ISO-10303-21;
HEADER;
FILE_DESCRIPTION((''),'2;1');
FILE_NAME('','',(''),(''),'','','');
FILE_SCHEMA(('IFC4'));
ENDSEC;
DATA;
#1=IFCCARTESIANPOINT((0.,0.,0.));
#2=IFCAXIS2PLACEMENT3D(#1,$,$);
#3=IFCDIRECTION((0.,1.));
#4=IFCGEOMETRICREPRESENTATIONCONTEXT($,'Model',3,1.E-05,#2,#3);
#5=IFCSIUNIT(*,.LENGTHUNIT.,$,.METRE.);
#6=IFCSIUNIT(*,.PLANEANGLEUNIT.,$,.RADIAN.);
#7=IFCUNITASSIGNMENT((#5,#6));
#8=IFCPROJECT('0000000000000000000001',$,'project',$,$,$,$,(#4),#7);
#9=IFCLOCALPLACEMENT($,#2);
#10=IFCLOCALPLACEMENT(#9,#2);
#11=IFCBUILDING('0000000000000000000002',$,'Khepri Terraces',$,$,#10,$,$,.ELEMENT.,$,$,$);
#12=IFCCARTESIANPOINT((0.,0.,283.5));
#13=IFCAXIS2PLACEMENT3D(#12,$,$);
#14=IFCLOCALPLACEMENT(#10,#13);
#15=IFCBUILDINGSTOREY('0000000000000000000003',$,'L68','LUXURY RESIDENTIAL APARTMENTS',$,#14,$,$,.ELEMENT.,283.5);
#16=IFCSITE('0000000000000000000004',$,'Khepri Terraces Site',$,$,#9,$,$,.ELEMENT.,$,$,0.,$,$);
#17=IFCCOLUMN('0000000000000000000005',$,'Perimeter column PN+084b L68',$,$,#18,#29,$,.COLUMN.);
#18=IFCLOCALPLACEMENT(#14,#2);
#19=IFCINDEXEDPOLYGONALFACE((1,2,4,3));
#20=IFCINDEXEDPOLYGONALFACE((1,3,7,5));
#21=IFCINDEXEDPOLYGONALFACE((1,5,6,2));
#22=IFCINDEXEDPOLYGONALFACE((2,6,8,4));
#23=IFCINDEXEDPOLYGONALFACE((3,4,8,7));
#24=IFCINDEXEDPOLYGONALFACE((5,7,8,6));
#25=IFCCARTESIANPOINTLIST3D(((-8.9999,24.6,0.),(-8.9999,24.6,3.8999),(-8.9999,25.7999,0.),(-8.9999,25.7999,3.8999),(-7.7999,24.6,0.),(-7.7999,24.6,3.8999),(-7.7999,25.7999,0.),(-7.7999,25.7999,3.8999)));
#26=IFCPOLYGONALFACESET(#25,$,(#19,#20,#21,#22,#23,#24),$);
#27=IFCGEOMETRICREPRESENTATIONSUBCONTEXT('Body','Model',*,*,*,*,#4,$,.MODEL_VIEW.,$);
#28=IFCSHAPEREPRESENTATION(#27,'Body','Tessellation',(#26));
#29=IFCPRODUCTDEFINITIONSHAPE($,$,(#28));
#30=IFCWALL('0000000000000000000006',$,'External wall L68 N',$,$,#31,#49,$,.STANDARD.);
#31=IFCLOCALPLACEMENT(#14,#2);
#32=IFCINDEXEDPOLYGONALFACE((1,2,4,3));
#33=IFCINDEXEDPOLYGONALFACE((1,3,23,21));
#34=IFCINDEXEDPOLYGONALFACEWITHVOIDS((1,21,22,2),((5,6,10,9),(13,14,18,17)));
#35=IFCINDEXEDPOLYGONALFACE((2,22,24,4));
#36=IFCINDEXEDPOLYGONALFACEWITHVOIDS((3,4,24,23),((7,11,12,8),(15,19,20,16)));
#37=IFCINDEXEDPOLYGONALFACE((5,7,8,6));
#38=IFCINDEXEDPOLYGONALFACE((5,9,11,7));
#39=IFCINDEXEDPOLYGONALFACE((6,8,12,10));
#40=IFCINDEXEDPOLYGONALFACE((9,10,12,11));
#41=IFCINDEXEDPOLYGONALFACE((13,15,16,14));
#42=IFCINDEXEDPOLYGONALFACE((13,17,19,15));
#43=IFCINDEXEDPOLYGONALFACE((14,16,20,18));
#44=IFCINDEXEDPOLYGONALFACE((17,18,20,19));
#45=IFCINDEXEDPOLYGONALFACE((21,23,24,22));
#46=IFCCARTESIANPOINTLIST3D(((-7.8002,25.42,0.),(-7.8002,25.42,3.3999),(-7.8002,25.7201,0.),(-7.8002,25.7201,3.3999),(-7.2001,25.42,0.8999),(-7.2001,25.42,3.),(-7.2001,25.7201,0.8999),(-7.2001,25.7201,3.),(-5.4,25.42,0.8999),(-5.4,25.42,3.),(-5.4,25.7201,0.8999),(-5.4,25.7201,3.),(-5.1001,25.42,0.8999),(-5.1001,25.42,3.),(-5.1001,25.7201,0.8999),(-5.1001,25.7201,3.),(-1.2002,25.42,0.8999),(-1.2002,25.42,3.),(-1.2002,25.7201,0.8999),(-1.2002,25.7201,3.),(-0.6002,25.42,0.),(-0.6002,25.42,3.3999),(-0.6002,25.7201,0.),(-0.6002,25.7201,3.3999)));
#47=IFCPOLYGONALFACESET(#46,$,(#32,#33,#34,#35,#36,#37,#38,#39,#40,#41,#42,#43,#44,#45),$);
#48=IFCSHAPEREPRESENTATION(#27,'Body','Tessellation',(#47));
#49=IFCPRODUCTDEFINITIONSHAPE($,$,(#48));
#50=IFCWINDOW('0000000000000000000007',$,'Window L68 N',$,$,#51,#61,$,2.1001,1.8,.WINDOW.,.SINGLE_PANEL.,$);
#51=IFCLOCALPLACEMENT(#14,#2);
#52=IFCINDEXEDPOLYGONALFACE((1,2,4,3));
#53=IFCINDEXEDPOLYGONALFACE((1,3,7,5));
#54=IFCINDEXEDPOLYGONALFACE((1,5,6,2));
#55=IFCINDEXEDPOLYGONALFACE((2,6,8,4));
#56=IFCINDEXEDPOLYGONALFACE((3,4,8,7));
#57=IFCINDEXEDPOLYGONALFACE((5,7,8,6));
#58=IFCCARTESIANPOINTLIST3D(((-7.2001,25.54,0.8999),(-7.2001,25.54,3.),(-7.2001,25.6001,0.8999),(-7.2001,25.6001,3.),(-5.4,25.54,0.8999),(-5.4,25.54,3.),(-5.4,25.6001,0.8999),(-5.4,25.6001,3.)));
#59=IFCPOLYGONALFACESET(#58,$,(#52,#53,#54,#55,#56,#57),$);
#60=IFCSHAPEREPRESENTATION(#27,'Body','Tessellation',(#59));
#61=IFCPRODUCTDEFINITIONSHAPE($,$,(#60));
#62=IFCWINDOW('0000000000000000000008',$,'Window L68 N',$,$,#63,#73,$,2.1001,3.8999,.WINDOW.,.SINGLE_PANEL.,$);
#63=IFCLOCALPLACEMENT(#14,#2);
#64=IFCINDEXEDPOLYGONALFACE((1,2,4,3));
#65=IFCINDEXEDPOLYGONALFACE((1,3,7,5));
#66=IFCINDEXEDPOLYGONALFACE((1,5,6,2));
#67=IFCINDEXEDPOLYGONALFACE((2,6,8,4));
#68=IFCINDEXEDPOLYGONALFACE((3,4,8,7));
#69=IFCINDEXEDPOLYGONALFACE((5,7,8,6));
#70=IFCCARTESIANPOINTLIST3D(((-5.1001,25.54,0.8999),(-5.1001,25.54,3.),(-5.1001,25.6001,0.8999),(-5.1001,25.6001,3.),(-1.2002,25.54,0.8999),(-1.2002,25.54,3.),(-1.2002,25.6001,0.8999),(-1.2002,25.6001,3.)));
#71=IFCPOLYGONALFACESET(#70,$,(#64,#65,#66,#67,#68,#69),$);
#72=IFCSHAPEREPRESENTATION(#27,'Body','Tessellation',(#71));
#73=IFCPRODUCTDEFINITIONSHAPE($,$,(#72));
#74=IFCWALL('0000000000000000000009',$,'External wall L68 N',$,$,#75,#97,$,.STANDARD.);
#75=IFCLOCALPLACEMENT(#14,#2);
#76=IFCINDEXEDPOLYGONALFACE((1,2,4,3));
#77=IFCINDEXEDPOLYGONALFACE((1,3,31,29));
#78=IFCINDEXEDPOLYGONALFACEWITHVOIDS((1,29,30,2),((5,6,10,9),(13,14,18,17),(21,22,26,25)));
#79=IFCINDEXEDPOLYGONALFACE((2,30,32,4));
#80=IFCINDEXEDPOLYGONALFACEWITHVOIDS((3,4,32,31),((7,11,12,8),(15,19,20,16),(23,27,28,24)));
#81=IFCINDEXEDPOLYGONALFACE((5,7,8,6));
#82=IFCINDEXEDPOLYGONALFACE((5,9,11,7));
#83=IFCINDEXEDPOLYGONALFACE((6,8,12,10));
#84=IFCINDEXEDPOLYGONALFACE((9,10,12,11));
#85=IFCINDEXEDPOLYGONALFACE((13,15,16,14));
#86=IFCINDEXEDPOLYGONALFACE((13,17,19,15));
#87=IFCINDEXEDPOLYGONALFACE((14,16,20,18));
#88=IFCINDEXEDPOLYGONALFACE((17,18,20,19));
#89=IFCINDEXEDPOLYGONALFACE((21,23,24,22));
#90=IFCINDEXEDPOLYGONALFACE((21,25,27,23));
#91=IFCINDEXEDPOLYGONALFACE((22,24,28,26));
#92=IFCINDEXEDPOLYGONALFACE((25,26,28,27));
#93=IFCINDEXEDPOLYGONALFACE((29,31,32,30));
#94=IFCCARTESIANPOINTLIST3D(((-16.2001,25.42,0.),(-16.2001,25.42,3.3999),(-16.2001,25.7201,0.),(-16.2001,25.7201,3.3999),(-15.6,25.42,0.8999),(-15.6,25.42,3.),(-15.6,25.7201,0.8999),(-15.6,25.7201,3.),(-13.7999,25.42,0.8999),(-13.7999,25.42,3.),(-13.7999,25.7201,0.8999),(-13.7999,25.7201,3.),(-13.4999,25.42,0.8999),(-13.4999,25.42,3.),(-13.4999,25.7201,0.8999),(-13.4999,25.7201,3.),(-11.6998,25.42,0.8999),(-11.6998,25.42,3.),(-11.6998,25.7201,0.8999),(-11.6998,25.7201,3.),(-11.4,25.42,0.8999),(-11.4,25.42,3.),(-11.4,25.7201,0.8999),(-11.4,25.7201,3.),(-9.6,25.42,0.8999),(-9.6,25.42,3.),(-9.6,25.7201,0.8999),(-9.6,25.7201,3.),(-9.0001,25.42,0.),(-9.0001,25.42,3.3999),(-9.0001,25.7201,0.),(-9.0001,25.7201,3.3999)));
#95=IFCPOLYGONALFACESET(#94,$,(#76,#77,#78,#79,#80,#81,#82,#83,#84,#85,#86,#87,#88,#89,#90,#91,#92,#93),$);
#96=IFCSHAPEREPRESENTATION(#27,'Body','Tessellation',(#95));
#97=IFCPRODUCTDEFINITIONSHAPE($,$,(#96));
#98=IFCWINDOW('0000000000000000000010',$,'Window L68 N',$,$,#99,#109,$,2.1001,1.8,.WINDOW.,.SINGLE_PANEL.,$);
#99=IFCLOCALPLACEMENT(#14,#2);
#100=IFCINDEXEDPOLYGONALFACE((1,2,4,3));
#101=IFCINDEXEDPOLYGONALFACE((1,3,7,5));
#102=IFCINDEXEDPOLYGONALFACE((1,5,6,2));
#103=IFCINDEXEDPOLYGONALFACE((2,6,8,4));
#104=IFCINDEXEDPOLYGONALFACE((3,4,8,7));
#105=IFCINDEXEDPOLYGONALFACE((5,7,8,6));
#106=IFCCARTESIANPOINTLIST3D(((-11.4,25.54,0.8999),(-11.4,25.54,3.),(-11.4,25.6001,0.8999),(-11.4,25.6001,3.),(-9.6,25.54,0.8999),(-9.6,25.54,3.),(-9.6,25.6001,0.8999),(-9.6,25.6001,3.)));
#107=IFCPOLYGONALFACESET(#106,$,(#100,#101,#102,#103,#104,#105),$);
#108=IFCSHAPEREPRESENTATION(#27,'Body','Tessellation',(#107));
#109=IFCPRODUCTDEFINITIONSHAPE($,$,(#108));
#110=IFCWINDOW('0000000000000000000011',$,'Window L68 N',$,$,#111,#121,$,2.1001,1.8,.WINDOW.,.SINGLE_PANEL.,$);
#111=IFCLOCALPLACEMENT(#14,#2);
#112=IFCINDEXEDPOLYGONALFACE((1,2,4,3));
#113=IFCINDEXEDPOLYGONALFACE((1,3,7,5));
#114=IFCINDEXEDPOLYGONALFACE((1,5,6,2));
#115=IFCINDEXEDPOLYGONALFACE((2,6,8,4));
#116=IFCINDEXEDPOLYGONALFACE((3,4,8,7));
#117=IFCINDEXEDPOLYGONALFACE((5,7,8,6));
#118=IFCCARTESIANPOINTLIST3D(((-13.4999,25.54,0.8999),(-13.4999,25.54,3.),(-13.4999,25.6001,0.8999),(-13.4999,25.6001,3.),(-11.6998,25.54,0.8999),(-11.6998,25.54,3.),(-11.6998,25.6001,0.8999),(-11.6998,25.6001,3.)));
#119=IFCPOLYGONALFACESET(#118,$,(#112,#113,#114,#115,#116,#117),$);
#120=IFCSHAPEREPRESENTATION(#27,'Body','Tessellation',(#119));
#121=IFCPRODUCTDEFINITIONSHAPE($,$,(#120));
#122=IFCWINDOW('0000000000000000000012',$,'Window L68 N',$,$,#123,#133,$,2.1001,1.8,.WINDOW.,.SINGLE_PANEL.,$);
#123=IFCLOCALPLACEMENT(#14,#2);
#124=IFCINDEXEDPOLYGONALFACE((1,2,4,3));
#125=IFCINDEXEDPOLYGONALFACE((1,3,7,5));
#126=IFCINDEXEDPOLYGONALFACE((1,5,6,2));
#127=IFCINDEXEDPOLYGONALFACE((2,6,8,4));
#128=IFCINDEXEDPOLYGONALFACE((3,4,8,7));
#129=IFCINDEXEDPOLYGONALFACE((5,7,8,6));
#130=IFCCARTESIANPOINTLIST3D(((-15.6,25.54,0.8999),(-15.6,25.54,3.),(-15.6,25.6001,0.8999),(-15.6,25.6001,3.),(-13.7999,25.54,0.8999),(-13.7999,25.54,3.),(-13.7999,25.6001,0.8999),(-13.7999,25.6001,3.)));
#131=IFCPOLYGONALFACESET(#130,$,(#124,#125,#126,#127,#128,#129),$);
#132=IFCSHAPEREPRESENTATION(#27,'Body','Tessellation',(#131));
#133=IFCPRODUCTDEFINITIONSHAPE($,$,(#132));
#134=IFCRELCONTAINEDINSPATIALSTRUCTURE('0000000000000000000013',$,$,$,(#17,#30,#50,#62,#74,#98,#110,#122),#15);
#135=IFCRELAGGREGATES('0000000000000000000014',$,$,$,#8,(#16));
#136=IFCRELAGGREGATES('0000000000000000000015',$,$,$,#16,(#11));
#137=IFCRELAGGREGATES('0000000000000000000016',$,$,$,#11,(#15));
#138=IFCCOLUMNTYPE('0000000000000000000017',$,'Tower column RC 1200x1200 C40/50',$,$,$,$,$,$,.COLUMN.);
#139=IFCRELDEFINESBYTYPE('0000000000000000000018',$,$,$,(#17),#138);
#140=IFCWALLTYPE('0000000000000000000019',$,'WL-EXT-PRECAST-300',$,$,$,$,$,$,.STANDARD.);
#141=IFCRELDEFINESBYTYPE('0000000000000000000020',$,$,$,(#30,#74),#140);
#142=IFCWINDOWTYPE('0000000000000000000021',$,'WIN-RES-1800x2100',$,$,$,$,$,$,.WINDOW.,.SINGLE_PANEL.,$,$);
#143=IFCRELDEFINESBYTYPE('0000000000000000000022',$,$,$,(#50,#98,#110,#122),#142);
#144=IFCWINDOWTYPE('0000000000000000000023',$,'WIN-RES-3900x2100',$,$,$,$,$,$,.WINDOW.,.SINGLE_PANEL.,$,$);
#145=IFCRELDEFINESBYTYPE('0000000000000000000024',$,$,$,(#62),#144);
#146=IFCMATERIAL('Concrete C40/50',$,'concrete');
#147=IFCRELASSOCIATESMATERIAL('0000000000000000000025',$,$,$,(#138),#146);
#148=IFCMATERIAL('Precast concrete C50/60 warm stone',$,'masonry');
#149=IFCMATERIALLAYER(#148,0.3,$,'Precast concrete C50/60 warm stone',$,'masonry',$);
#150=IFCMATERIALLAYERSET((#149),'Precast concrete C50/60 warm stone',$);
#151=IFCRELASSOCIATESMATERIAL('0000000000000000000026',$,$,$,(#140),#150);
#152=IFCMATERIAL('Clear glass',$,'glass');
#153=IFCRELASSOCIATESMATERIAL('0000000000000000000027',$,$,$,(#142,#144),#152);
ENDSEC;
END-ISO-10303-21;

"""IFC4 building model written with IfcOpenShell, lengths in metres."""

from ifc_helpers import new_model, si_unit, direction, frame, frame_2d, origin, origin_2d, place, context, subcontext, project, spatial, rectangle, extrude, material, layer, layer_set, material_profile, profile_set, type_object, element, fill, save


model = new_model("IFC4")

# Units and contexts
model_context = context("Model", 3, precision=1e-05, world=origin(), true_north=direction((0.0, 1.0)))
body_context = subcontext(model_context, "Body", "Model", "MODEL_VIEW")
ifc_project = project(units=[si_unit("LENGTHUNIT", "METRE"), si_unit("PLANEANGLEUNIT", "RADIAN")], contexts=[model_context])

# Site, building, storey
site_placement = place(None, origin())
site = spatial("IfcSite", under=ifc_project, at=site_placement, Name="Khepri Terraces Site", CompositionType="ELEMENT", RefElevation=0.0)
building_placement = place(site_placement, origin())
building = spatial("IfcBuilding", under=site, at=building_placement, Name="Khepri Terraces", CompositionType="ELEMENT")
storey_placement = place(building_placement, frame((0.0, 0.0, 283.5)))
storey = spatial("IfcBuildingStorey", under=building, at=storey_placement, Name="L68", Description="LUXURY RESIDENTIAL APARTMENTS", CompositionType="ELEMENT", Elevation=283.5)

# Column
ifc_material_1 = material(Name="Concrete C40/50", Category="concrete")
ifc_material_profile = material_profile(ifc_material_1, rectangle(XDim=1.2, YDim=1.2, at=origin_2d()), Name="Concrete C40/50", Category="concrete")
ifc_profile_set = profile_set([ifc_material_profile], Name="Concrete C40/50")
column_type = type_object("IfcColumnType", Name="Tower column RC 1200x1200 C40/50", PredefinedType="COLUMN", material=ifc_profile_set)
column_placement = place(storey_placement, frame((-8.3999, 25.2, 0.0), z_axis=(0.0, 0.0, 1.0), x_axis=(1.0, 0.0, 0.0)))
element("IfcColumn", 1, at=column_placement, inside=storey, type_object=column_type, Name="Perimeter column PN+084b L68", PredefinedType="COLUMN", context=body_context, shape_type="SweptSolid", body=[
    extrude(rectangle(XDim=1.2, YDim=1.2, at=origin_2d()), origin(), (0.0, 0.0, 1.0), 3.8999),
])

# Walls, openings, windows
ifc_material_2 = material(Name="Precast concrete C50/60 warm stone", Category="masonry")
ifc_layer_1 = layer(ifc_material_2, 0.3, Name="Precast concrete C50/60 warm stone", Category="masonry")
ifc_layer_set_1 = layer_set([ifc_layer_1], Name="Precast concrete C50/60 warm stone")
wall_type_1 = type_object("IfcWallType", Name="WL-EXT-PRECAST-300", PredefinedType="STANDARD", material=ifc_layer_set_1)
wall_1_placement = place(storey_placement, frame((-0.6001, 25.5701, 0.0), z_axis=(0.0, 0.0, 1.0), x_axis=(-1.0, 0.0, 0.0)))
wall_1 = element("IfcWall", 2, at=wall_1_placement, inside=storey, type_object=wall_type_1, Name="External wall L68 N", PredefinedType="STANDARD", context=body_context, shape_type="SweptSolid", body=[
    extrude(rectangle(XDim=7.2, YDim=0.3, at=frame_2d((3.6001, 0.0))), origin(), (0.0, 0.0, 1.0), 3.3999),
])
opening_1_placement = place(wall_1_placement, frame((0.6001, 0.0, 0.8999)))
opening_1 = element("IfcOpeningElement", 3, at=opening_1_placement, cuts=wall_1, PredefinedType="OPENING", context=body_context, shape_type="SweptSolid", body=[
    extrude(rectangle(XDim=3.8999, YDim=2.1001, at=frame_2d((1.95, 1.05))), frame((0.0, 0.1602, 0.0), z_axis=(0.0, -1.0, 0.0), x_axis=(1.0, 0.0, 0.0)), (0.0, 0.0, 1.0), 0.3201),
])
opening_2_placement = place(wall_1_placement, frame((4.8, 0.0, 0.8999)))
opening_2 = element("IfcOpeningElement", 4, at=opening_2_placement, cuts=wall_1, PredefinedType="OPENING", context=body_context, shape_type="SweptSolid", body=[
    extrude(rectangle(XDim=1.8, YDim=2.1001, at=frame_2d((0.8999, 1.05))), frame((0.0, 0.1602, 0.0), z_axis=(0.0, -1.0, 0.0), x_axis=(1.0, 0.0, 0.0)), (0.0, 0.0, 1.0), 0.3201),
])
ifc_material_3 = material(Name="Clear glass", Category="glass")
window_type_1 = type_object("IfcWindowType", Name="WIN-RES-1800x2100", PartitioningType="SINGLE_PANEL", PredefinedType="WINDOW", material=ifc_material_3)
window_1_placement = place(opening_2_placement, origin())
window_1 = element("IfcWindow", 5, at=window_1_placement, inside=storey, type_object=window_type_1, Name="Window L68 N", OverallHeight=2.1001, OverallWidth=1.8, PartitioningType="SINGLE_PANEL", PredefinedType="WINDOW", context=body_context, shape_type="SweptSolid", body=[
    extrude(rectangle(XDim=1.8, YDim=2.1001, at=frame_2d((0.8999, 1.05))), frame((0.0, 0.03, 0.0), z_axis=(0.0, -1.0, 0.0), x_axis=(1.0, 0.0, 0.0)), (0.0, 0.0, 1.0), 0.0601),
])
fill(opening_2, window_1)
window_type_2 = type_object("IfcWindowType", Name="WIN-RES-3900x2100", PartitioningType="SINGLE_PANEL", PredefinedType="WINDOW", material=ifc_material_3)
window_2_placement = place(opening_1_placement, origin())
window_2 = element("IfcWindow", 6, at=window_2_placement, inside=storey, type_object=window_type_2, Name="Window L68 N", OverallHeight=2.1001, OverallWidth=3.8999, PartitioningType="SINGLE_PANEL", PredefinedType="WINDOW", context=body_context, shape_type="SweptSolid", body=[
    extrude(rectangle(XDim=3.8999, YDim=2.1001, at=frame_2d((1.95, 1.05))), frame((0.0, 0.03, 0.0), z_axis=(0.0, -1.0, 0.0), x_axis=(1.0, 0.0, 0.0)), (0.0, 0.0, 1.0), 0.0601),
])
fill(opening_1, window_2)
wall_2_placement = place(storey_placement, frame((-9.0, 25.5701, 0.0), z_axis=(0.0, 0.0, 1.0), x_axis=(-1.0, 0.0, 0.0)))
wall_2 = element("IfcWall", 7, at=wall_2_placement, inside=storey, type_object=wall_type_1, Name="External wall L68 N", PredefinedType="STANDARD", context=body_context, shape_type="SweptSolid", body=[
    extrude(rectangle(XDim=7.2, YDim=0.3, at=frame_2d((3.6001, 0.0))), origin(), (0.0, 0.0, 1.0), 3.3999),
])
opening_3_placement = place(wall_2_placement, frame((0.6001, 0.0, 0.8999)))
opening_3 = element("IfcOpeningElement", 8, at=opening_3_placement, cuts=wall_2, PredefinedType="OPENING", context=body_context, shape_type="SweptSolid", body=[
    extrude(rectangle(XDim=1.8, YDim=2.1001, at=frame_2d((0.8999, 1.05))), frame((0.0, 0.1602, 0.0), z_axis=(0.0, -1.0, 0.0), x_axis=(1.0, 0.0, 0.0)), (0.0, 0.0, 1.0), 0.3201),
])
opening_4_placement = place(wall_2_placement, frame((2.7, 0.0, 0.8999)))
opening_4 = element("IfcOpeningElement", 9, at=opening_4_placement, cuts=wall_2, PredefinedType="OPENING", context=body_context, shape_type="SweptSolid", body=[
    extrude(rectangle(XDim=1.8, YDim=2.1001, at=frame_2d((0.8999, 1.05))), frame((0.0, 0.1602, 0.0), z_axis=(0.0, -1.0, 0.0), x_axis=(1.0, 0.0, 0.0)), (0.0, 0.0, 1.0), 0.3201),
])
opening_5_placement = place(wall_2_placement, frame((4.8, 0.0, 0.8999)))
opening_5 = element("IfcOpeningElement", 10, at=opening_5_placement, cuts=wall_2, PredefinedType="OPENING", context=body_context, shape_type="SweptSolid", body=[
    extrude(rectangle(XDim=1.8, YDim=2.1001, at=frame_2d((0.8999, 1.05))), frame((0.0, 0.1602, 0.0), z_axis=(0.0, -1.0, 0.0), x_axis=(1.0, 0.0, 0.0)), (0.0, 0.0, 1.0), 0.3201),
])
window_3_placement = place(opening_3_placement, origin())
window_3 = element("IfcWindow", 11, at=window_3_placement, inside=storey, type_object=window_type_1, Name="Window L68 N", OverallHeight=2.1001, OverallWidth=1.8, PartitioningType="SINGLE_PANEL", PredefinedType="WINDOW", context=body_context, shape_type="SweptSolid", body=[
    extrude(rectangle(XDim=1.8, YDim=2.1001, at=frame_2d((0.8999, 1.05))), frame((0.0, 0.03, 0.0), z_axis=(0.0, -1.0, 0.0), x_axis=(1.0, 0.0, 0.0)), (0.0, 0.0, 1.0), 0.0601),
])
fill(opening_3, window_3)
window_4_placement = place(opening_4_placement, origin())
window_4 = element("IfcWindow", 12, at=window_4_placement, inside=storey, type_object=window_type_1, Name="Window L68 N", OverallHeight=2.1001, OverallWidth=1.8, PartitioningType="SINGLE_PANEL", PredefinedType="WINDOW", context=body_context, shape_type="SweptSolid", body=[
    extrude(rectangle(XDim=1.8, YDim=2.1001, at=frame_2d((0.8999, 1.05))), frame((0.0, 0.03, 0.0), z_axis=(0.0, -1.0, 0.0), x_axis=(1.0, 0.0, 0.0)), (0.0, 0.0, 1.0), 0.0601),
])
fill(opening_4, window_4)
window_5_placement = place(opening_5_placement, origin())
window_5 = element("IfcWindow", 13, at=window_5_placement, inside=storey, type_object=window_type_1, Name="Window L68 N", OverallHeight=2.1001, OverallWidth=1.8, PartitioningType="SINGLE_PANEL", PredefinedType="WINDOW", context=body_context, shape_type="SweptSolid", body=[
    extrude(rectangle(XDim=1.8, YDim=2.1001, at=frame_2d((0.8999, 1.05))), frame((0.0, 0.03, 0.0), z_axis=(0.0, -1.0, 0.0), x_axis=(1.0, 0.0, 0.0)), (0.0, 0.0, 1.0), 0.0601),
])
fill(opening_5, window_5)

save(model, "model.ifc")
